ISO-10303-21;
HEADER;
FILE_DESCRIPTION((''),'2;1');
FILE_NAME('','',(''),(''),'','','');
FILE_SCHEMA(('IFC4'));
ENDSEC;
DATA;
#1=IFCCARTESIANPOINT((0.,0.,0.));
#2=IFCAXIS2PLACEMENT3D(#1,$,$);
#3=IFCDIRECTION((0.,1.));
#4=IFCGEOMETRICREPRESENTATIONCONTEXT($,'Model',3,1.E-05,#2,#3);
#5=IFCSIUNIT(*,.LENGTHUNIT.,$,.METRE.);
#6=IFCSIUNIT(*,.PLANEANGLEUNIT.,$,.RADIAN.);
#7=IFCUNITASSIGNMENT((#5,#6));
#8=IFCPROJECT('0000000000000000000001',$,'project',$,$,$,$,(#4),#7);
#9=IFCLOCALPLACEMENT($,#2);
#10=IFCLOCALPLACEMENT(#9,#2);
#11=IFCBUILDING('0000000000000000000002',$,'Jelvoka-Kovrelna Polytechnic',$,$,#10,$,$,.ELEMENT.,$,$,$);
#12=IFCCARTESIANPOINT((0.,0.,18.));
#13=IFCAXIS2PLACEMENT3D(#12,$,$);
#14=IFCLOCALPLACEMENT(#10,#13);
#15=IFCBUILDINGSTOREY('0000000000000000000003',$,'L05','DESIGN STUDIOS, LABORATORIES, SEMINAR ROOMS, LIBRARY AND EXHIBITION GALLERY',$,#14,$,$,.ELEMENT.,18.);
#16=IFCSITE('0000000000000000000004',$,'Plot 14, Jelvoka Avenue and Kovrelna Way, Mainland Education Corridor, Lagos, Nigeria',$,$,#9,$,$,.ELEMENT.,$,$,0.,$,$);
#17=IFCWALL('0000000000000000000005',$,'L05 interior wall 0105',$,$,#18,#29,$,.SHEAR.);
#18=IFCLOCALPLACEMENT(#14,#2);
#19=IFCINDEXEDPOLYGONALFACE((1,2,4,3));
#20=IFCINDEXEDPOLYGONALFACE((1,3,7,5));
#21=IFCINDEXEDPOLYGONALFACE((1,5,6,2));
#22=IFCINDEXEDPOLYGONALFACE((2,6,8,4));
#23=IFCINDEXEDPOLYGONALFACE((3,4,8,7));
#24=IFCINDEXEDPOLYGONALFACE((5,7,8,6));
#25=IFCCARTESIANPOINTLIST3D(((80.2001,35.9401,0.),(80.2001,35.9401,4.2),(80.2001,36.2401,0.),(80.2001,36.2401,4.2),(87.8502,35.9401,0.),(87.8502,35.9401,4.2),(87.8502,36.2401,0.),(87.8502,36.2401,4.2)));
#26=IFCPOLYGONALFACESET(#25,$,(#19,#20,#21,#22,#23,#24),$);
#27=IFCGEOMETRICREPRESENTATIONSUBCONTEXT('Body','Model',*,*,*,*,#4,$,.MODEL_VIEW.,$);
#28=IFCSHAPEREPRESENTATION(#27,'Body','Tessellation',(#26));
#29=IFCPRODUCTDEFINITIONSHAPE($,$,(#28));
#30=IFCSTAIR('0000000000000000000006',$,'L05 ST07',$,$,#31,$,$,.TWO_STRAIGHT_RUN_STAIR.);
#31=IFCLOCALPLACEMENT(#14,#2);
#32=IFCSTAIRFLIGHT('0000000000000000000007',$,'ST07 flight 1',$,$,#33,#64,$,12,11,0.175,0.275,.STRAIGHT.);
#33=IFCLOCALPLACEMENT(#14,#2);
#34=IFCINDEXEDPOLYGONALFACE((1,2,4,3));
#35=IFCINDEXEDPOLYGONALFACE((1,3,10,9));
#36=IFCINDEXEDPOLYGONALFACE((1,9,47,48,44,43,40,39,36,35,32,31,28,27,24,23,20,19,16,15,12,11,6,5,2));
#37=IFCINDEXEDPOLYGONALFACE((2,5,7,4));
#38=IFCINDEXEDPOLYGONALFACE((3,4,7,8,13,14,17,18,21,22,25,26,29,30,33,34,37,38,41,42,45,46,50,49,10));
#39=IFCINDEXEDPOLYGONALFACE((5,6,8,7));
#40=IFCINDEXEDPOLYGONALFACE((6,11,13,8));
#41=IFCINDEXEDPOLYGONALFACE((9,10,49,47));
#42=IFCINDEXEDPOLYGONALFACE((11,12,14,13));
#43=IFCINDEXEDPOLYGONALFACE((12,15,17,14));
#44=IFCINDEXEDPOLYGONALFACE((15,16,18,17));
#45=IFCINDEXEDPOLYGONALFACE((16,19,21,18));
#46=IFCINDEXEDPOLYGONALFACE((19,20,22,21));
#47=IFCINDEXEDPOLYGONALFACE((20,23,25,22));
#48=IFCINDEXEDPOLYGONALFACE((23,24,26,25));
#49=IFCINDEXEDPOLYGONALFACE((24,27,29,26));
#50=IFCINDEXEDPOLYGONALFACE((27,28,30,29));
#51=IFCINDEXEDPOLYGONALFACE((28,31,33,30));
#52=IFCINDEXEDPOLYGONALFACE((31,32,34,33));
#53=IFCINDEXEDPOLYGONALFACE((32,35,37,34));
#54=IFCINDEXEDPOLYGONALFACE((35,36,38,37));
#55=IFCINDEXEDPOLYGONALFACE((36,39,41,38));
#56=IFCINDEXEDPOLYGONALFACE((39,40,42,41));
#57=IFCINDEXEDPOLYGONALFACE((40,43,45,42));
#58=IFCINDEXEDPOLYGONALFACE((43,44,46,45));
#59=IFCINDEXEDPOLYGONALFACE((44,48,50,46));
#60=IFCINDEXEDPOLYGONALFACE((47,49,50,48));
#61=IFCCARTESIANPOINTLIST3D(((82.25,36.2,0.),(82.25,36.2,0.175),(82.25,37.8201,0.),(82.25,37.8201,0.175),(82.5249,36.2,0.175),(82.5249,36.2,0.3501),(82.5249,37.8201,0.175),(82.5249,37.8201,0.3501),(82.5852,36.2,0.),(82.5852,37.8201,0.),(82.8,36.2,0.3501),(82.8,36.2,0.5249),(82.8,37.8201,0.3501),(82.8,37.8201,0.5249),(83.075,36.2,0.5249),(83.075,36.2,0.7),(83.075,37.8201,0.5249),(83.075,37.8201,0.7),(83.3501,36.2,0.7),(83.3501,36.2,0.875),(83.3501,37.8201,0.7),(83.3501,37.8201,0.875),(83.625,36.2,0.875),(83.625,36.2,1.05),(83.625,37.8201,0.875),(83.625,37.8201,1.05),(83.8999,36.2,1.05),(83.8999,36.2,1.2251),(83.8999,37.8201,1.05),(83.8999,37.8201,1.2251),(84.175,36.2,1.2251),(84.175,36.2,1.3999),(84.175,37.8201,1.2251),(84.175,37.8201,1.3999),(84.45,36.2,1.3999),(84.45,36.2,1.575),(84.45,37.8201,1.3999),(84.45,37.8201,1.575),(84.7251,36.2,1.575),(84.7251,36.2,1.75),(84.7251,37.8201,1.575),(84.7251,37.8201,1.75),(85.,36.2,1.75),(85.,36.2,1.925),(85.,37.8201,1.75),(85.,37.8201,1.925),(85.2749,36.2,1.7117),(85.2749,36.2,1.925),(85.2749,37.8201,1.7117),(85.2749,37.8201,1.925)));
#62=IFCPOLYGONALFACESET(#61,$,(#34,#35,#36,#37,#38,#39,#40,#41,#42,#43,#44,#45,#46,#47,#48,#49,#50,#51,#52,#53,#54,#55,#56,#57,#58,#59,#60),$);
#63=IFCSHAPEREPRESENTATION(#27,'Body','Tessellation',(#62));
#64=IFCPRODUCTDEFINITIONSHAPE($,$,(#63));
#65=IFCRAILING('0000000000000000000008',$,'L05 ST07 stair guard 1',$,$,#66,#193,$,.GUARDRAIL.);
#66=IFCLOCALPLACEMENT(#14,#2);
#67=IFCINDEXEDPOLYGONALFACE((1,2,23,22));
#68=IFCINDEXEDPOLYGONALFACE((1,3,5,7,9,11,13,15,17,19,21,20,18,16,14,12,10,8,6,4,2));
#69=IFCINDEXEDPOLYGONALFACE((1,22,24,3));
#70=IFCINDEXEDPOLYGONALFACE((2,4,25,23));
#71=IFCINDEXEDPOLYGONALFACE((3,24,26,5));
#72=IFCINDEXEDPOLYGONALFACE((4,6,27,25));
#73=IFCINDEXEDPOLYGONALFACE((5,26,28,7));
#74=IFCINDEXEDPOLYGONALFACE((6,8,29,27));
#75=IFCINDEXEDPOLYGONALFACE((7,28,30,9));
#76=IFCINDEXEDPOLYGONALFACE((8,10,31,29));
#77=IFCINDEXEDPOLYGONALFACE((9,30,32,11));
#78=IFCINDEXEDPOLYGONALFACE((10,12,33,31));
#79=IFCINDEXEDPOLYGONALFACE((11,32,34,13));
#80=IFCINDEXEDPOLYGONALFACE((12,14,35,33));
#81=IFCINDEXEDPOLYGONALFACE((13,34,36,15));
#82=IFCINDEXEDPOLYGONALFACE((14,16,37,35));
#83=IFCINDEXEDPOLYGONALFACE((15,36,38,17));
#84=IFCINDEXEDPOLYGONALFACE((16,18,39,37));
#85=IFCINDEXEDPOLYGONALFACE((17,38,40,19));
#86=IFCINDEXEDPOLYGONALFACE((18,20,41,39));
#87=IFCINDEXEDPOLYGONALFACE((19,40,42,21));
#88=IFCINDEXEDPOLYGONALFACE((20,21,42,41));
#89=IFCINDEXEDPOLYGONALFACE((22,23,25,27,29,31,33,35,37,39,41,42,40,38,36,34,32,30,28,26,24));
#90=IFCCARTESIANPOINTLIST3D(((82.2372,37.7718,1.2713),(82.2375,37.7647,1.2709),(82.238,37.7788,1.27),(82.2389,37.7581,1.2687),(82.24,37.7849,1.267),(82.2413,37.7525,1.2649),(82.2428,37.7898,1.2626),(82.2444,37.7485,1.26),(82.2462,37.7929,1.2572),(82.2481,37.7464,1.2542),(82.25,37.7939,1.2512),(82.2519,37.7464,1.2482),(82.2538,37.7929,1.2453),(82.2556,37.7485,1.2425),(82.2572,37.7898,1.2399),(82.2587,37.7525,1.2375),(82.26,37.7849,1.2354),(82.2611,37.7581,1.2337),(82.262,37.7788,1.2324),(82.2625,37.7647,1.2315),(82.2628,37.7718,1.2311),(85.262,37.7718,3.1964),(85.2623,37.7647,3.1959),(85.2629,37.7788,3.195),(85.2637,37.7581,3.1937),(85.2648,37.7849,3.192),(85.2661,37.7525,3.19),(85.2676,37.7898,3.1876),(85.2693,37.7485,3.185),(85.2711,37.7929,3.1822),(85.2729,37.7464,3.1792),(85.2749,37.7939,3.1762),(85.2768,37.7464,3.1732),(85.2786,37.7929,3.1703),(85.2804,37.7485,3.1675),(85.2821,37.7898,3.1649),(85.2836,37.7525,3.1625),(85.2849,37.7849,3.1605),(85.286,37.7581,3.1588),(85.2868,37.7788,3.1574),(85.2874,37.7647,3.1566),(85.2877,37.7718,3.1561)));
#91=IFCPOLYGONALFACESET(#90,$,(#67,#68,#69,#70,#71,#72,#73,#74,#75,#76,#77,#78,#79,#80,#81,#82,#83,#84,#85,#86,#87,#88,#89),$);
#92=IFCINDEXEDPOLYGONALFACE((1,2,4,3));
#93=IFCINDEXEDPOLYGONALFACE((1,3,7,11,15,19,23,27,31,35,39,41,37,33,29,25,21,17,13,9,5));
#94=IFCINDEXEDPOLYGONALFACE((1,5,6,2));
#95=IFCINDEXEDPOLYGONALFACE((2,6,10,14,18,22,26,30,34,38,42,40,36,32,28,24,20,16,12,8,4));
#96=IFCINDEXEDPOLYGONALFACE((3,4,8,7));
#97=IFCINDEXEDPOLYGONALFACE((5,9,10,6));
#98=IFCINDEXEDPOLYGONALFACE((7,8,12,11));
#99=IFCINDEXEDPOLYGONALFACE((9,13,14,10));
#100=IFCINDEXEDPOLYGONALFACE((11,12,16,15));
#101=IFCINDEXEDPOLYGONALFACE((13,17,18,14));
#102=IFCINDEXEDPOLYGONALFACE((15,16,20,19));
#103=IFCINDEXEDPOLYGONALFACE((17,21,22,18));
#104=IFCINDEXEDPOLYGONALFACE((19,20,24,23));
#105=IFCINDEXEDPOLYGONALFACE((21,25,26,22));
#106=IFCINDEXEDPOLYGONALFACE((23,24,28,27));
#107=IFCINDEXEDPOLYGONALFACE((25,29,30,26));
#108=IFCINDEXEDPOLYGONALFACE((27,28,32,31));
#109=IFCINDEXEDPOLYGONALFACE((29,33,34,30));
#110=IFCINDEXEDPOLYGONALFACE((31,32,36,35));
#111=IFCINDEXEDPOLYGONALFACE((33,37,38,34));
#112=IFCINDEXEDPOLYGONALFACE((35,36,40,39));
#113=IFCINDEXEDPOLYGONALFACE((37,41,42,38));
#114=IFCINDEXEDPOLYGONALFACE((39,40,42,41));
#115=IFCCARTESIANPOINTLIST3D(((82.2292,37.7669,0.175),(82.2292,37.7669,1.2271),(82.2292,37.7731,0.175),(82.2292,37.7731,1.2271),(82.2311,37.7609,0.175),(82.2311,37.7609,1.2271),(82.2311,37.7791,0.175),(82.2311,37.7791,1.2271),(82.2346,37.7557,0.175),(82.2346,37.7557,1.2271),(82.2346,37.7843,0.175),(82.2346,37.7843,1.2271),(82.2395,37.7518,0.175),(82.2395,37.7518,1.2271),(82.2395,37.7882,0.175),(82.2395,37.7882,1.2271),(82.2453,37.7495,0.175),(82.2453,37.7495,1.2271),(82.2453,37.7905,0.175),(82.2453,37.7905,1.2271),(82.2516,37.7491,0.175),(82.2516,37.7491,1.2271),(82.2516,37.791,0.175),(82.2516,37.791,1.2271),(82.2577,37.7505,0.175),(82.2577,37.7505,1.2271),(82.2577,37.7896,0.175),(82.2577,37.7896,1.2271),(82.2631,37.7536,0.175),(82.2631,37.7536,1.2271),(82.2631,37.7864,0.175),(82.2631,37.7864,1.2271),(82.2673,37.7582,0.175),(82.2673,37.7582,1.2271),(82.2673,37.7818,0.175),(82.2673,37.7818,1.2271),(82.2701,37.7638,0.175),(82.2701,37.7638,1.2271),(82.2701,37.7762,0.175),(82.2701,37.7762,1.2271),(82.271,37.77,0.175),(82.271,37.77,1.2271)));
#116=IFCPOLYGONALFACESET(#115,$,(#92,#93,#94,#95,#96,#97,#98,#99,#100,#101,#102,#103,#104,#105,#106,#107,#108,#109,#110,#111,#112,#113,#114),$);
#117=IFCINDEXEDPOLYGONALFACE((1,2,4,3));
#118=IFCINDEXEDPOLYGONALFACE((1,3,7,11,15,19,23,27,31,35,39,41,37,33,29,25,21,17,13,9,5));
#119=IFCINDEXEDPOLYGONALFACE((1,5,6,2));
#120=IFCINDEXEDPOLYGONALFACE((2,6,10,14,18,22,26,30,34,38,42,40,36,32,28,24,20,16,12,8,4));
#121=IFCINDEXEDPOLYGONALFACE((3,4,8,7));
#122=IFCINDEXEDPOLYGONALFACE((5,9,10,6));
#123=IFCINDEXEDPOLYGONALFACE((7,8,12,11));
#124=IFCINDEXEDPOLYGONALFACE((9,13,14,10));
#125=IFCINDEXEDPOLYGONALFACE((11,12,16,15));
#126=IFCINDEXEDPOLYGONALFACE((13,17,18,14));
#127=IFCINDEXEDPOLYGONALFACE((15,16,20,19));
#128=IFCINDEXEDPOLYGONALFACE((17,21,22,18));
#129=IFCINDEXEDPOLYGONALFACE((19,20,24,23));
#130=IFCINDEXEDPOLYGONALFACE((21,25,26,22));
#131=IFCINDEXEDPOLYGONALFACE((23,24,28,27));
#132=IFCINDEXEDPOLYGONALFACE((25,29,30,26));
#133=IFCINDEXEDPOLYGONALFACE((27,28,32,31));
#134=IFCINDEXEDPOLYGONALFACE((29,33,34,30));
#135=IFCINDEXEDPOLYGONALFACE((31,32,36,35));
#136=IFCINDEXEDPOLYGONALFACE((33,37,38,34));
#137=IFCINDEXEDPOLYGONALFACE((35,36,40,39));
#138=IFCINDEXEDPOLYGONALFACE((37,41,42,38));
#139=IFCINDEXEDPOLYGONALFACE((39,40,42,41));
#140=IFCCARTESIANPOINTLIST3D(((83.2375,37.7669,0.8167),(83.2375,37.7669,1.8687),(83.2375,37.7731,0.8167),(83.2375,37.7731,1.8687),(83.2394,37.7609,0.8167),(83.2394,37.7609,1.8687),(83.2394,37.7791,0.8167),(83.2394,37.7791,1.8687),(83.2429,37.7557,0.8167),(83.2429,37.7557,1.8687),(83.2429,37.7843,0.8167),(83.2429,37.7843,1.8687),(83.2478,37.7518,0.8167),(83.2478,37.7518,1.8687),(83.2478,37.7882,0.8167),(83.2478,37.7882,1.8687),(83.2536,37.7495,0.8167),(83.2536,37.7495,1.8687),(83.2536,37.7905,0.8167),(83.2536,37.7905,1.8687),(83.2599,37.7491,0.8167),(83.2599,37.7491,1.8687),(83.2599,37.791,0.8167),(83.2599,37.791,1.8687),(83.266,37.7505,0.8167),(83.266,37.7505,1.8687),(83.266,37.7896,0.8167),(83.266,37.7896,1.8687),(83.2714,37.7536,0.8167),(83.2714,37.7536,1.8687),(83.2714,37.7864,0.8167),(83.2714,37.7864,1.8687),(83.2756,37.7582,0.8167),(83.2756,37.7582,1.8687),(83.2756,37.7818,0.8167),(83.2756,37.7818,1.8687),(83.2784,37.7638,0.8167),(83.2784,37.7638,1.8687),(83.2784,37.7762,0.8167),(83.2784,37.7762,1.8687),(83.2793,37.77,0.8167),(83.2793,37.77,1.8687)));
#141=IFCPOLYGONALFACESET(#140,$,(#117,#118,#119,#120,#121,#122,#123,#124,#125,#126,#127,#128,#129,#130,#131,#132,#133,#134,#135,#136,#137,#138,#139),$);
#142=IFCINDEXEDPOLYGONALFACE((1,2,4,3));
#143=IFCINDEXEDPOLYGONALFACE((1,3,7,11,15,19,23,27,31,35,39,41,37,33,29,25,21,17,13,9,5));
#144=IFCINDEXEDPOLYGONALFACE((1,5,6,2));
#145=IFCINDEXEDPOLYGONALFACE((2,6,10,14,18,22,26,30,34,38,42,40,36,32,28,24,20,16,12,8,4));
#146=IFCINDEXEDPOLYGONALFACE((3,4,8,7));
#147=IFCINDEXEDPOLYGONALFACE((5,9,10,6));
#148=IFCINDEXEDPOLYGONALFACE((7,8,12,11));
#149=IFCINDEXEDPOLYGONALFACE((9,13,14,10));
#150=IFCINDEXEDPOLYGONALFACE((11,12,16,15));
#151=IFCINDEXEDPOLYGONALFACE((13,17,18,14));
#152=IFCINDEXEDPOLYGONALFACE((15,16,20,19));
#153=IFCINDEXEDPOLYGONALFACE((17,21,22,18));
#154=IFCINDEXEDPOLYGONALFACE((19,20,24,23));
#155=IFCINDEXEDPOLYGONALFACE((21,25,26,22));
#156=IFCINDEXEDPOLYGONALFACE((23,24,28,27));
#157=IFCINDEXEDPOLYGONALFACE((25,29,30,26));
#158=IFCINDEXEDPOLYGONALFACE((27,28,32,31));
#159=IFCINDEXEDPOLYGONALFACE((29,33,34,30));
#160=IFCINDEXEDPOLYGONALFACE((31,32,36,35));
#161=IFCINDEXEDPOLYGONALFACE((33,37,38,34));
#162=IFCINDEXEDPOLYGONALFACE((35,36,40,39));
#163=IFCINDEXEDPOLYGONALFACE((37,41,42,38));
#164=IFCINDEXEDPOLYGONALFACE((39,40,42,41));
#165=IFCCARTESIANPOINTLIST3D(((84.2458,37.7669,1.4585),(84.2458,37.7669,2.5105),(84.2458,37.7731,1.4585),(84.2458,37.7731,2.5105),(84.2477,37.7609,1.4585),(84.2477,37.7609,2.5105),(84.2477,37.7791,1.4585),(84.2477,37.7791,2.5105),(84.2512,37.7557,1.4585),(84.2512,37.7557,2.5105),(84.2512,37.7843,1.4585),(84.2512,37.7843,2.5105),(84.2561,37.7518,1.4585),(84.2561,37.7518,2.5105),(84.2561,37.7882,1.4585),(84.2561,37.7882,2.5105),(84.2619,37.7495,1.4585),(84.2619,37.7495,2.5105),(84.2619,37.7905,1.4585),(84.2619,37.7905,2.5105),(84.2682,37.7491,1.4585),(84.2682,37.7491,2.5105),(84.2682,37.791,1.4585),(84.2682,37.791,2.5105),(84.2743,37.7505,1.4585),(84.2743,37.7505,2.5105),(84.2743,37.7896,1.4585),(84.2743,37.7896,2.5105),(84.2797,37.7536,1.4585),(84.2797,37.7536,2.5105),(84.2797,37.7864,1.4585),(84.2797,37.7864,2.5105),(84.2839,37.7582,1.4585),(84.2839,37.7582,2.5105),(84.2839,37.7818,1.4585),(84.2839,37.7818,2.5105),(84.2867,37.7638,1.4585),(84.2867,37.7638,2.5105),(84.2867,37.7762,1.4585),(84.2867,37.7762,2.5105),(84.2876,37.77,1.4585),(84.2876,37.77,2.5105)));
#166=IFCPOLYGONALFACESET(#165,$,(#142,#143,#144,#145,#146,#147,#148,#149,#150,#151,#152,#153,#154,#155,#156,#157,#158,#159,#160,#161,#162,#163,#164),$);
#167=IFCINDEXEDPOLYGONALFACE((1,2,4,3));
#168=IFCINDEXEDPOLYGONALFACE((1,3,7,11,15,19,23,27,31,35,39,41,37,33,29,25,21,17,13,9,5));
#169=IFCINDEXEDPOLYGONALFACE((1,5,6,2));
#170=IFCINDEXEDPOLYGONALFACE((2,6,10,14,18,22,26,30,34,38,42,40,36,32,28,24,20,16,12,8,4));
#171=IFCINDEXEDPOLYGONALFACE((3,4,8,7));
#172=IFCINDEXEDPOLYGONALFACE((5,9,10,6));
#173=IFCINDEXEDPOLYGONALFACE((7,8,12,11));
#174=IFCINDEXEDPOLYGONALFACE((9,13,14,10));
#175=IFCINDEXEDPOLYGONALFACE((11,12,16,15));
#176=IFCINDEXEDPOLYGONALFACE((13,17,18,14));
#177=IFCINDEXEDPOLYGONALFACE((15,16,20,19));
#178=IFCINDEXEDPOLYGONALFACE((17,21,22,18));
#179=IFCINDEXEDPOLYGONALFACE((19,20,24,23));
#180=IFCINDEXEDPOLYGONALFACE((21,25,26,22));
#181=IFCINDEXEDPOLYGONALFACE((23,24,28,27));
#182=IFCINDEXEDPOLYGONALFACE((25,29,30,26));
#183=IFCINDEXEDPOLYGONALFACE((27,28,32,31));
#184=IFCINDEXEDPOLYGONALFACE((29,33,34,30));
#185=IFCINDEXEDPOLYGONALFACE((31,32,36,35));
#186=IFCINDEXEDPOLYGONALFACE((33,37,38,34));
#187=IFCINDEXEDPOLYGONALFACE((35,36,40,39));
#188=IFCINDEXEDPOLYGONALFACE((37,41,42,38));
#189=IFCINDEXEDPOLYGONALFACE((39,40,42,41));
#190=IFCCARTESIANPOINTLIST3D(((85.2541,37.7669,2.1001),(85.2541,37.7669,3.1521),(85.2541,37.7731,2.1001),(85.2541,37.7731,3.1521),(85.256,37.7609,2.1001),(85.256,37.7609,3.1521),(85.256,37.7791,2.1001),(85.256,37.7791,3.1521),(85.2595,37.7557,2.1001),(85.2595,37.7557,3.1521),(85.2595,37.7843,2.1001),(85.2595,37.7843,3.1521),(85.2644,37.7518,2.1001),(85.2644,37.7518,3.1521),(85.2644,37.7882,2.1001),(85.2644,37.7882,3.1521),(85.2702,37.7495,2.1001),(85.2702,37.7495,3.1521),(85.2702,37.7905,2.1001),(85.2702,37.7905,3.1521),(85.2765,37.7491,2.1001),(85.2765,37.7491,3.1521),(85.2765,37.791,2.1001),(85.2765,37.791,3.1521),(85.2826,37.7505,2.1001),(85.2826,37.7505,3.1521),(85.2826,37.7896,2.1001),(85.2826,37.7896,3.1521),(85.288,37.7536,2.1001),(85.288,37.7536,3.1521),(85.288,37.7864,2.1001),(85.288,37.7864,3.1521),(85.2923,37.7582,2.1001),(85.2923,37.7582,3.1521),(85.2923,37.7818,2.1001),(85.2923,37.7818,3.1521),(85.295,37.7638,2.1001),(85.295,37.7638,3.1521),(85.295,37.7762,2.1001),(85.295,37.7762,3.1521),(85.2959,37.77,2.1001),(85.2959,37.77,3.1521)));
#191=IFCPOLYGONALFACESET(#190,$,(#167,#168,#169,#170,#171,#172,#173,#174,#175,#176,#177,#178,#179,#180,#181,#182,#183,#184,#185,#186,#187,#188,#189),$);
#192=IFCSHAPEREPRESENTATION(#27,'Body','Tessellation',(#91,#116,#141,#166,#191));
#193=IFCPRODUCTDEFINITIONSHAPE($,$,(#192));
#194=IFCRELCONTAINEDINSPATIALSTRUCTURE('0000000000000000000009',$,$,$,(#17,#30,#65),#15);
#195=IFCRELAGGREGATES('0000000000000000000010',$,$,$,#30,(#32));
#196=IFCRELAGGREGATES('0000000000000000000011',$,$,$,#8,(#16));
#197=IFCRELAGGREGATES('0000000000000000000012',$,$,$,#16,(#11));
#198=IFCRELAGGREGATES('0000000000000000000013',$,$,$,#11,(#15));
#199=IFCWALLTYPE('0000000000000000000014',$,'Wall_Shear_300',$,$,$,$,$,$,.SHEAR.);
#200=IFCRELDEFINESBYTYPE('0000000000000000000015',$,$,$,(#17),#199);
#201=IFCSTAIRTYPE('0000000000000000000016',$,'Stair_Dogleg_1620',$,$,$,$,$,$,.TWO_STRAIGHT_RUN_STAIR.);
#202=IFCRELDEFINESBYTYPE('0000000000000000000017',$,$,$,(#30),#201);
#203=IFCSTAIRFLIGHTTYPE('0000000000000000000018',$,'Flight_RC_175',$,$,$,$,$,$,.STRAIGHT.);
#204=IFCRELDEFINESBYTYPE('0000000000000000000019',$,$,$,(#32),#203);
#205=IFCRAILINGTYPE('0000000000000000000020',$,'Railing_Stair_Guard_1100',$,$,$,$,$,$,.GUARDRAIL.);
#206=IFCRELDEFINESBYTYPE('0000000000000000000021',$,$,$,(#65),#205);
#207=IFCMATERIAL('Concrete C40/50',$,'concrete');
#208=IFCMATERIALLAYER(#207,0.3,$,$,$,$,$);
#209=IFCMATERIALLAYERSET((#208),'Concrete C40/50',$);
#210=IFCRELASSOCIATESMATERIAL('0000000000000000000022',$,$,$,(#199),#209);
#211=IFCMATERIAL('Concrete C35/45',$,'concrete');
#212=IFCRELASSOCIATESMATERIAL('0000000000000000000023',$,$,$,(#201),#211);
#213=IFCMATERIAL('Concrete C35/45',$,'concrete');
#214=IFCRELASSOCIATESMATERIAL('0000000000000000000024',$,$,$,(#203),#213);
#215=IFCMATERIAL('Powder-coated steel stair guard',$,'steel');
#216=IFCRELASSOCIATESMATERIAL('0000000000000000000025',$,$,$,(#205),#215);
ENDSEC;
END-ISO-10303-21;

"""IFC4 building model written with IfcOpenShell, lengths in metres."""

from ifc_helpers import new_model, si_unit, direction, frame, frame_2d, origin, origin_2d, place, context, subcontext, project, spatial, polyline, rectangle, circle, outline, extrude, material, layer, layer_set, type_object, element, aggregate, save


model = new_model("IFC4")

# Units and contexts
model_context = context("Model", 3, precision=1e-05, world=origin(), true_north=direction((0.0, 1.0)))
body_context = subcontext(model_context, "Body", "Model", "MODEL_VIEW")
ifc_project = project(units=[si_unit("LENGTHUNIT", "METRE"), si_unit("PLANEANGLEUNIT", "RADIAN")], contexts=[model_context])

# Site, building, storey
site_placement = place(None, origin())
site = spatial("IfcSite", under=ifc_project, at=site_placement, Name="Plot 14, Jelvoka Avenue and Kovrelna Way, Mainland Education Corridor, Lagos, Nigeria", CompositionType="ELEMENT", RefElevation=0.0)
building_placement = place(site_placement, origin())
building = spatial("IfcBuilding", under=site, at=building_placement, Name="Jelvoka-Kovrelna Polytechnic", CompositionType="ELEMENT")
storey_placement = place(building_placement, frame((0.0, 0.0, 18.0)))
storey = spatial("IfcBuildingStorey", under=building, at=storey_placement, Name="L05", Description="DESIGN STUDIOS, LABORATORIES, SEMINAR ROOMS, LIBRARY AND EXHIBITION GALLERY", CompositionType="ELEMENT", Elevation=18.0)

# Wall
ifc_material_1 = material(Name="Concrete C40/50", Category="concrete")
ifc_layer_1 = layer(ifc_material_1, 0.3)
ifc_layer_set_1 = layer_set([ifc_layer_1], Name="Concrete C40/50")
wall_type_1 = type_object("IfcWallType", Name="Wall_Shear_300", PredefinedType="SHEAR", material=ifc_layer_set_1)
wall_1_placement = place(storey_placement, frame((80.2, 36.0901, 0.0), z_axis=(0.0, 0.0, 1.0), x_axis=(1.0, 0.0, 0.0)))
element("IfcWall", 1, at=wall_1_placement, inside=storey, type_object=wall_type_1, Name="L05 interior wall 0105", PredefinedType="SHEAR", context=body_context, shape_type="SweptSolid", body=[
    extrude(rectangle(XDim=7.6501, YDim=0.3, at=frame_2d((3.8252, 0.0))), origin(), (0.0, 0.0, 1.0), 4.2),
])

# Stair, stair flight
ifc_material_2 = material(Name="Concrete C35/45", Category="concrete")
stair_type = type_object("IfcStairType", Name="Stair_Dogleg_1620", PredefinedType="TWO_STRAIGHT_RUN_STAIR", material=ifc_material_2)
stair_placement = place(storey_placement, origin())
stair = element("IfcStair", 2, at=stair_placement, inside=storey, type_object=stair_type, Name="L05 ST07", PredefinedType="TWO_STRAIGHT_RUN_STAIR")
ifc_material_3 = material(Name="Concrete C35/45", Category="concrete")
stair_flight_type = type_object("IfcStairFlightType", Name="Flight_RC_175", PredefinedType="STRAIGHT", material=ifc_material_3)
stair_flight_placement = place(storey_placement, frame((82.25, 37.01, 0.0), z_axis=(0.0, 0.0, 1.0), x_axis=(1.0, 0.0, 0.0)))
stair_flight = element("IfcStairFlight", 3, at=stair_flight_placement, type_object=stair_flight_type, Name="ST07 flight 1", NumberOfRisers=12, NumberOfTreads=11, PredefinedType="STRAIGHT", RiserHeight=0.175, TreadLength=0.275, context=body_context, shape_type="SweptSolid", body=[
    extrude(outline(polyline([(0.0, 0.0), (0.0, 0.175), (0.2749, 0.175), (0.2749, 0.3501), (0.55, 0.3501), (0.55, 0.5249), (0.825, 0.5249), (0.825, 0.7), (1.1001, 0.7), (1.1001, 0.875), (1.375, 0.875), (1.375, 1.05), (1.6499, 1.05), (1.6499, 1.2251), (1.925, 1.2251), (1.925, 1.3999), (2.2, 1.3999), (2.2, 1.575), (2.4751, 1.575), (2.4751, 1.75), (2.75, 1.75), (2.75, 1.925), (3.0249, 1.925), (3.0249, 2.1001), (3.0249, 1.7117), (0.3352, 0.0), (0.0, 0.0)])), frame((0.0, 0.8101, 0.0), z_axis=(0.0, -1.0, 0.0), x_axis=(1.0, 0.0, 0.0)), (0.0, 0.0, 1.0), 1.6201),
])
aggregate(stair, [stair_flight])

# Railing
ifc_material_4 = material(Name="Powder-coated steel stair guard", Category="steel")
railing_type_1 = type_object("IfcRailingType", Name="Railing_Stair_Guard_1100", PredefinedType="GUARDRAIL", material=ifc_material_4)
railing_1_placement = place(storey_placement, frame((82.25, 37.77, 0.175)))
element("IfcRailing", 4, at=railing_1_placement, inside=storey, type_object=railing_type_1, Name="L05 ST07 stair guard 1", PredefinedType="GUARDRAIL", context=body_context, shape_type="SweptSolid", body=[
    extrude(circle(Radius=0.0239, at=origin_2d()), frame((0.0, 0.0, 1.0762), z_axis=(0.843647, 0.0, 0.536898), x_axis=(0.0, 1.0, 0.0)), (0.0, 0.0, 1.0), 3.5854),
    extrude(circle(Radius=0.021, at=origin_2d()), origin(), (0.0, 0.0, 1.0), 1.052),
    extrude(circle(Radius=0.021, at=origin_2d()), frame((1.0083, 0.0, 0.6416)), (0.0, 0.0, 1.0), 1.052),
    extrude(circle(Radius=0.021, at=origin_2d()), frame((2.0166, 0.0, 1.2834)), (0.0, 0.0, 1.0), 1.052),
    extrude(circle(Radius=0.021, at=origin_2d()), frame((3.0249, 0.0, 1.925)), (0.0, 0.0, 1.0), 1.052),
])

save(model, "model.ifc")
